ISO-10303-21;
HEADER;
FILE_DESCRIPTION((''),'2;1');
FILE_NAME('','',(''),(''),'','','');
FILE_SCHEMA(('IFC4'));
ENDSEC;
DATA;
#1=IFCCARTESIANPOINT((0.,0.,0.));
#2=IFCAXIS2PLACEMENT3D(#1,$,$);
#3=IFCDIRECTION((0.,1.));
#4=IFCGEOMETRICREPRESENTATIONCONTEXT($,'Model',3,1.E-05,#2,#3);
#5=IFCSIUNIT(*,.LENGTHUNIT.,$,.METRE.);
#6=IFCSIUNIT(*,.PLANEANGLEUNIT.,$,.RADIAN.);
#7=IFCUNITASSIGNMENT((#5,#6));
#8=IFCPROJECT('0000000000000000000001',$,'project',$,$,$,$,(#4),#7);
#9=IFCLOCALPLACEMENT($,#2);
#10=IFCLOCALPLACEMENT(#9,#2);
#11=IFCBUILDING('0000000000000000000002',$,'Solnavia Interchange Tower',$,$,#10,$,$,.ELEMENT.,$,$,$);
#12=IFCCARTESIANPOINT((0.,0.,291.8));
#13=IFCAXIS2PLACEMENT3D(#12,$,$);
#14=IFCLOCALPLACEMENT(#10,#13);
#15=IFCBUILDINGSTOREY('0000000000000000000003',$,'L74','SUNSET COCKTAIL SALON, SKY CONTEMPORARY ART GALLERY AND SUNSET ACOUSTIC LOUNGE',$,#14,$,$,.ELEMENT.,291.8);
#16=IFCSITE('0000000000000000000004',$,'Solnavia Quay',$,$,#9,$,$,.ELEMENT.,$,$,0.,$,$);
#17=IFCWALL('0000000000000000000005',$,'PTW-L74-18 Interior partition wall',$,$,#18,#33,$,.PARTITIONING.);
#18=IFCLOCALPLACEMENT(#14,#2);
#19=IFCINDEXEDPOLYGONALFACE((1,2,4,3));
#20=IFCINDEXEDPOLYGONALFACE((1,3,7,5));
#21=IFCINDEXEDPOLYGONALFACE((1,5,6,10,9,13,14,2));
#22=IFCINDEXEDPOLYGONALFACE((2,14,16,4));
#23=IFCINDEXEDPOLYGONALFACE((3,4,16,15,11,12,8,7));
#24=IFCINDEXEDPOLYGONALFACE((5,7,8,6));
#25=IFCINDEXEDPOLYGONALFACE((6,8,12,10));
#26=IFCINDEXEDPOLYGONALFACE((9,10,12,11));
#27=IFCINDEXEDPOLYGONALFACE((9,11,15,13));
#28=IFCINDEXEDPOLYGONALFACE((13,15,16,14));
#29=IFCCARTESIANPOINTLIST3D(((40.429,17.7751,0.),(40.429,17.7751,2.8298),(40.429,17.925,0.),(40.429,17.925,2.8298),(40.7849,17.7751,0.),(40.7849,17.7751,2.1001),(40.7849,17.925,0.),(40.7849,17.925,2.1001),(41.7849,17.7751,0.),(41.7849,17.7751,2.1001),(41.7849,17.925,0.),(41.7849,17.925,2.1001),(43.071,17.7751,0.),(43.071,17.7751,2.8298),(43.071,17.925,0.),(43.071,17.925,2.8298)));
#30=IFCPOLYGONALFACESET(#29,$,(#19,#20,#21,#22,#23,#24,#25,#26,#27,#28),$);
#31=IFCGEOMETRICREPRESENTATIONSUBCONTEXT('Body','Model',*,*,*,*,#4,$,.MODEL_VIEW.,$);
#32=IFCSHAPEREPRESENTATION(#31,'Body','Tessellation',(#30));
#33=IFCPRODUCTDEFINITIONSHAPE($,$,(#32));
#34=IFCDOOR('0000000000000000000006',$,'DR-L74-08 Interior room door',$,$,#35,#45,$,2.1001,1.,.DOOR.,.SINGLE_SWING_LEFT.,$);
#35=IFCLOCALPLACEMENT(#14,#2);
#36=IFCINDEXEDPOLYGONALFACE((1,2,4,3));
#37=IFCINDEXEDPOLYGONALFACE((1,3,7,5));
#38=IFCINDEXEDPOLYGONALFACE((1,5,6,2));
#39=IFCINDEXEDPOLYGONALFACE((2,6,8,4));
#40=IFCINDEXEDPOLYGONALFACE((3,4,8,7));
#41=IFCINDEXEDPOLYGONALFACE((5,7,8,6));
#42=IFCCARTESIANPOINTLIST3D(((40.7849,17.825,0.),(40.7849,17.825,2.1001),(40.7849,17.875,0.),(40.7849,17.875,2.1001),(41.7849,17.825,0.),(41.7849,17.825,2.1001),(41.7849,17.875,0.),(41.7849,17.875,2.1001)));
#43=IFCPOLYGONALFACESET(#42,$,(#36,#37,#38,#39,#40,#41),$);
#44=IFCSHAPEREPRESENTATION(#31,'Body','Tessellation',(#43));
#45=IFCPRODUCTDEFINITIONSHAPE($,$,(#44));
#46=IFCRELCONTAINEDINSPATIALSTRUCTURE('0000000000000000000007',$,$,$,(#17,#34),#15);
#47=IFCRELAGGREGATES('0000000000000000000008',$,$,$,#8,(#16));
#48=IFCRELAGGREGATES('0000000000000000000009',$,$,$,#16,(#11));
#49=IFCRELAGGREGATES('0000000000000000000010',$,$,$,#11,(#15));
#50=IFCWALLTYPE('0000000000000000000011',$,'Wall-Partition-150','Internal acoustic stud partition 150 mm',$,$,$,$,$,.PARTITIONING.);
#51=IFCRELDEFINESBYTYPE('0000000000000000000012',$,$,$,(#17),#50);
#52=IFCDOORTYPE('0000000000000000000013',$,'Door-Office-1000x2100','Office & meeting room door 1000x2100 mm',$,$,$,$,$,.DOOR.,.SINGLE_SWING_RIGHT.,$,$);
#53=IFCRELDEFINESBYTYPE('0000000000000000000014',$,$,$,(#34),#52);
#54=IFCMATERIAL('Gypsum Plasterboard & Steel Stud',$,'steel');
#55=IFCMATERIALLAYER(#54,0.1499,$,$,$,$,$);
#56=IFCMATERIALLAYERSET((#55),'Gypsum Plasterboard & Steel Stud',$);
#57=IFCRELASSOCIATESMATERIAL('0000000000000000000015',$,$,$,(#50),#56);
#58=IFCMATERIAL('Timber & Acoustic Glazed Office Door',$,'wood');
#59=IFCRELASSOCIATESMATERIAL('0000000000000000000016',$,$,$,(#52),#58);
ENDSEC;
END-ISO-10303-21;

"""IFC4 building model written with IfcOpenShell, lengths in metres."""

from ifc_helpers import new_model, si_unit, direction, frame, frame_2d, origin, place, context, subcontext, project, spatial, rectangle, extrude, material, layer, layer_set, type_object, element, fill, save


model = new_model("IFC4")

# Units and contexts
model_context = context("Model", 3, precision=1e-05, world=origin(), true_north=direction((0.0, 1.0)))
body_context = subcontext(model_context, "Body", "Model", "MODEL_VIEW")
ifc_project = project(units=[si_unit("LENGTHUNIT", "METRE"), si_unit("PLANEANGLEUNIT", "RADIAN")], contexts=[model_context])

# Site, building, storey
site_placement = place(None, origin())
site = spatial("IfcSite", under=ifc_project, at=site_placement, Name="Solnavia Quay", CompositionType="ELEMENT", RefElevation=0.0)
building_placement = place(site_placement, origin())
building = spatial("IfcBuilding", under=site, at=building_placement, Name="Solnavia Interchange Tower", CompositionType="ELEMENT")
storey_placement = place(building_placement, frame((0.0, 0.0, 291.8)))
storey = spatial("IfcBuildingStorey", under=building, at=storey_placement, Name="L74", Description="SUNSET COCKTAIL SALON, SKY CONTEMPORARY ART GALLERY AND SUNSET ACOUSTIC LOUNGE", CompositionType="ELEMENT", Elevation=291.8)

# Wall, opening, door
ifc_material_1 = material(Name="Gypsum Plasterboard & Steel Stud", Category="steel")
ifc_layer_1 = layer(ifc_material_1, 0.1499)
ifc_layer_set_1 = layer_set([ifc_layer_1], Name="Gypsum Plasterboard & Steel Stud")
wall_type_1 = type_object("IfcWallType", Name="Wall-Partition-150", Description="Internal acoustic stud partition 150 mm", PredefinedType="PARTITIONING", material=ifc_layer_set_1)
ifc_material_2 = material(Name="Timber & Acoustic Glazed Office Door", Category="wood")
door_type = type_object("IfcDoorType", Name="Door-Office-1000x2100", Description="Office & meeting room door 1000x2100 mm", OperationType="SINGLE_SWING_RIGHT", PredefinedType="DOOR", material=ifc_material_2)
wall_1_placement = place(storey_placement, frame((40.429, 17.8501, 0.0), z_axis=(0.0, 0.0, 1.0), x_axis=(1.0, 0.0, 0.0)))
wall_1 = element("IfcWall", 1, at=wall_1_placement, inside=storey, type_object=wall_type_1, Name="PTW-L74-18 Interior partition wall", PredefinedType="PARTITIONING", context=body_context, shape_type="SweptSolid", body=[
    extrude(rectangle(XDim=2.6421, YDim=0.1499, at=frame_2d((1.321, 0.0))), origin(), (0.0, 0.0, 1.0), 2.8298),
])
opening_1_placement = place(wall_1_placement, frame((0.356, 0.0, 0.0)))
opening_1 = element("IfcOpeningElement", 2, at=opening_1_placement, cuts=wall_1, PredefinedType="OPENING", context=body_context, shape_type="SweptSolid", body=[
    extrude(rectangle(XDim=1.0, YDim=2.1001, at=frame_2d((0.5, 1.05))), frame((0.0, 0.085, 0.0), z_axis=(0.0, -1.0, 0.0), x_axis=(1.0, 0.0, 0.0)), (0.0, 0.0, 1.0), 0.1699),
])
door_1_placement = place(opening_1_placement, origin())
door_1 = element("IfcDoor", 3, at=door_1_placement, inside=storey, type_object=door_type, Name="DR-L74-08 Interior room door", OperationType="SINGLE_SWING_LEFT", OverallHeight=2.1001, OverallWidth=1.0, PredefinedType="DOOR", context=body_context, shape_type="SweptSolid", body=[
    extrude(rectangle(XDim=1.0, YDim=2.1001, at=frame_2d((0.5, 1.05))), frame((0.0, 0.0249, 0.0), z_axis=(0.0, -1.0, 0.0), x_axis=(1.0, 0.0, 0.0)), (0.0, 0.0, 1.0), 0.05),
])
fill(opening_1, door_1)

save(model, "model.ifc")
